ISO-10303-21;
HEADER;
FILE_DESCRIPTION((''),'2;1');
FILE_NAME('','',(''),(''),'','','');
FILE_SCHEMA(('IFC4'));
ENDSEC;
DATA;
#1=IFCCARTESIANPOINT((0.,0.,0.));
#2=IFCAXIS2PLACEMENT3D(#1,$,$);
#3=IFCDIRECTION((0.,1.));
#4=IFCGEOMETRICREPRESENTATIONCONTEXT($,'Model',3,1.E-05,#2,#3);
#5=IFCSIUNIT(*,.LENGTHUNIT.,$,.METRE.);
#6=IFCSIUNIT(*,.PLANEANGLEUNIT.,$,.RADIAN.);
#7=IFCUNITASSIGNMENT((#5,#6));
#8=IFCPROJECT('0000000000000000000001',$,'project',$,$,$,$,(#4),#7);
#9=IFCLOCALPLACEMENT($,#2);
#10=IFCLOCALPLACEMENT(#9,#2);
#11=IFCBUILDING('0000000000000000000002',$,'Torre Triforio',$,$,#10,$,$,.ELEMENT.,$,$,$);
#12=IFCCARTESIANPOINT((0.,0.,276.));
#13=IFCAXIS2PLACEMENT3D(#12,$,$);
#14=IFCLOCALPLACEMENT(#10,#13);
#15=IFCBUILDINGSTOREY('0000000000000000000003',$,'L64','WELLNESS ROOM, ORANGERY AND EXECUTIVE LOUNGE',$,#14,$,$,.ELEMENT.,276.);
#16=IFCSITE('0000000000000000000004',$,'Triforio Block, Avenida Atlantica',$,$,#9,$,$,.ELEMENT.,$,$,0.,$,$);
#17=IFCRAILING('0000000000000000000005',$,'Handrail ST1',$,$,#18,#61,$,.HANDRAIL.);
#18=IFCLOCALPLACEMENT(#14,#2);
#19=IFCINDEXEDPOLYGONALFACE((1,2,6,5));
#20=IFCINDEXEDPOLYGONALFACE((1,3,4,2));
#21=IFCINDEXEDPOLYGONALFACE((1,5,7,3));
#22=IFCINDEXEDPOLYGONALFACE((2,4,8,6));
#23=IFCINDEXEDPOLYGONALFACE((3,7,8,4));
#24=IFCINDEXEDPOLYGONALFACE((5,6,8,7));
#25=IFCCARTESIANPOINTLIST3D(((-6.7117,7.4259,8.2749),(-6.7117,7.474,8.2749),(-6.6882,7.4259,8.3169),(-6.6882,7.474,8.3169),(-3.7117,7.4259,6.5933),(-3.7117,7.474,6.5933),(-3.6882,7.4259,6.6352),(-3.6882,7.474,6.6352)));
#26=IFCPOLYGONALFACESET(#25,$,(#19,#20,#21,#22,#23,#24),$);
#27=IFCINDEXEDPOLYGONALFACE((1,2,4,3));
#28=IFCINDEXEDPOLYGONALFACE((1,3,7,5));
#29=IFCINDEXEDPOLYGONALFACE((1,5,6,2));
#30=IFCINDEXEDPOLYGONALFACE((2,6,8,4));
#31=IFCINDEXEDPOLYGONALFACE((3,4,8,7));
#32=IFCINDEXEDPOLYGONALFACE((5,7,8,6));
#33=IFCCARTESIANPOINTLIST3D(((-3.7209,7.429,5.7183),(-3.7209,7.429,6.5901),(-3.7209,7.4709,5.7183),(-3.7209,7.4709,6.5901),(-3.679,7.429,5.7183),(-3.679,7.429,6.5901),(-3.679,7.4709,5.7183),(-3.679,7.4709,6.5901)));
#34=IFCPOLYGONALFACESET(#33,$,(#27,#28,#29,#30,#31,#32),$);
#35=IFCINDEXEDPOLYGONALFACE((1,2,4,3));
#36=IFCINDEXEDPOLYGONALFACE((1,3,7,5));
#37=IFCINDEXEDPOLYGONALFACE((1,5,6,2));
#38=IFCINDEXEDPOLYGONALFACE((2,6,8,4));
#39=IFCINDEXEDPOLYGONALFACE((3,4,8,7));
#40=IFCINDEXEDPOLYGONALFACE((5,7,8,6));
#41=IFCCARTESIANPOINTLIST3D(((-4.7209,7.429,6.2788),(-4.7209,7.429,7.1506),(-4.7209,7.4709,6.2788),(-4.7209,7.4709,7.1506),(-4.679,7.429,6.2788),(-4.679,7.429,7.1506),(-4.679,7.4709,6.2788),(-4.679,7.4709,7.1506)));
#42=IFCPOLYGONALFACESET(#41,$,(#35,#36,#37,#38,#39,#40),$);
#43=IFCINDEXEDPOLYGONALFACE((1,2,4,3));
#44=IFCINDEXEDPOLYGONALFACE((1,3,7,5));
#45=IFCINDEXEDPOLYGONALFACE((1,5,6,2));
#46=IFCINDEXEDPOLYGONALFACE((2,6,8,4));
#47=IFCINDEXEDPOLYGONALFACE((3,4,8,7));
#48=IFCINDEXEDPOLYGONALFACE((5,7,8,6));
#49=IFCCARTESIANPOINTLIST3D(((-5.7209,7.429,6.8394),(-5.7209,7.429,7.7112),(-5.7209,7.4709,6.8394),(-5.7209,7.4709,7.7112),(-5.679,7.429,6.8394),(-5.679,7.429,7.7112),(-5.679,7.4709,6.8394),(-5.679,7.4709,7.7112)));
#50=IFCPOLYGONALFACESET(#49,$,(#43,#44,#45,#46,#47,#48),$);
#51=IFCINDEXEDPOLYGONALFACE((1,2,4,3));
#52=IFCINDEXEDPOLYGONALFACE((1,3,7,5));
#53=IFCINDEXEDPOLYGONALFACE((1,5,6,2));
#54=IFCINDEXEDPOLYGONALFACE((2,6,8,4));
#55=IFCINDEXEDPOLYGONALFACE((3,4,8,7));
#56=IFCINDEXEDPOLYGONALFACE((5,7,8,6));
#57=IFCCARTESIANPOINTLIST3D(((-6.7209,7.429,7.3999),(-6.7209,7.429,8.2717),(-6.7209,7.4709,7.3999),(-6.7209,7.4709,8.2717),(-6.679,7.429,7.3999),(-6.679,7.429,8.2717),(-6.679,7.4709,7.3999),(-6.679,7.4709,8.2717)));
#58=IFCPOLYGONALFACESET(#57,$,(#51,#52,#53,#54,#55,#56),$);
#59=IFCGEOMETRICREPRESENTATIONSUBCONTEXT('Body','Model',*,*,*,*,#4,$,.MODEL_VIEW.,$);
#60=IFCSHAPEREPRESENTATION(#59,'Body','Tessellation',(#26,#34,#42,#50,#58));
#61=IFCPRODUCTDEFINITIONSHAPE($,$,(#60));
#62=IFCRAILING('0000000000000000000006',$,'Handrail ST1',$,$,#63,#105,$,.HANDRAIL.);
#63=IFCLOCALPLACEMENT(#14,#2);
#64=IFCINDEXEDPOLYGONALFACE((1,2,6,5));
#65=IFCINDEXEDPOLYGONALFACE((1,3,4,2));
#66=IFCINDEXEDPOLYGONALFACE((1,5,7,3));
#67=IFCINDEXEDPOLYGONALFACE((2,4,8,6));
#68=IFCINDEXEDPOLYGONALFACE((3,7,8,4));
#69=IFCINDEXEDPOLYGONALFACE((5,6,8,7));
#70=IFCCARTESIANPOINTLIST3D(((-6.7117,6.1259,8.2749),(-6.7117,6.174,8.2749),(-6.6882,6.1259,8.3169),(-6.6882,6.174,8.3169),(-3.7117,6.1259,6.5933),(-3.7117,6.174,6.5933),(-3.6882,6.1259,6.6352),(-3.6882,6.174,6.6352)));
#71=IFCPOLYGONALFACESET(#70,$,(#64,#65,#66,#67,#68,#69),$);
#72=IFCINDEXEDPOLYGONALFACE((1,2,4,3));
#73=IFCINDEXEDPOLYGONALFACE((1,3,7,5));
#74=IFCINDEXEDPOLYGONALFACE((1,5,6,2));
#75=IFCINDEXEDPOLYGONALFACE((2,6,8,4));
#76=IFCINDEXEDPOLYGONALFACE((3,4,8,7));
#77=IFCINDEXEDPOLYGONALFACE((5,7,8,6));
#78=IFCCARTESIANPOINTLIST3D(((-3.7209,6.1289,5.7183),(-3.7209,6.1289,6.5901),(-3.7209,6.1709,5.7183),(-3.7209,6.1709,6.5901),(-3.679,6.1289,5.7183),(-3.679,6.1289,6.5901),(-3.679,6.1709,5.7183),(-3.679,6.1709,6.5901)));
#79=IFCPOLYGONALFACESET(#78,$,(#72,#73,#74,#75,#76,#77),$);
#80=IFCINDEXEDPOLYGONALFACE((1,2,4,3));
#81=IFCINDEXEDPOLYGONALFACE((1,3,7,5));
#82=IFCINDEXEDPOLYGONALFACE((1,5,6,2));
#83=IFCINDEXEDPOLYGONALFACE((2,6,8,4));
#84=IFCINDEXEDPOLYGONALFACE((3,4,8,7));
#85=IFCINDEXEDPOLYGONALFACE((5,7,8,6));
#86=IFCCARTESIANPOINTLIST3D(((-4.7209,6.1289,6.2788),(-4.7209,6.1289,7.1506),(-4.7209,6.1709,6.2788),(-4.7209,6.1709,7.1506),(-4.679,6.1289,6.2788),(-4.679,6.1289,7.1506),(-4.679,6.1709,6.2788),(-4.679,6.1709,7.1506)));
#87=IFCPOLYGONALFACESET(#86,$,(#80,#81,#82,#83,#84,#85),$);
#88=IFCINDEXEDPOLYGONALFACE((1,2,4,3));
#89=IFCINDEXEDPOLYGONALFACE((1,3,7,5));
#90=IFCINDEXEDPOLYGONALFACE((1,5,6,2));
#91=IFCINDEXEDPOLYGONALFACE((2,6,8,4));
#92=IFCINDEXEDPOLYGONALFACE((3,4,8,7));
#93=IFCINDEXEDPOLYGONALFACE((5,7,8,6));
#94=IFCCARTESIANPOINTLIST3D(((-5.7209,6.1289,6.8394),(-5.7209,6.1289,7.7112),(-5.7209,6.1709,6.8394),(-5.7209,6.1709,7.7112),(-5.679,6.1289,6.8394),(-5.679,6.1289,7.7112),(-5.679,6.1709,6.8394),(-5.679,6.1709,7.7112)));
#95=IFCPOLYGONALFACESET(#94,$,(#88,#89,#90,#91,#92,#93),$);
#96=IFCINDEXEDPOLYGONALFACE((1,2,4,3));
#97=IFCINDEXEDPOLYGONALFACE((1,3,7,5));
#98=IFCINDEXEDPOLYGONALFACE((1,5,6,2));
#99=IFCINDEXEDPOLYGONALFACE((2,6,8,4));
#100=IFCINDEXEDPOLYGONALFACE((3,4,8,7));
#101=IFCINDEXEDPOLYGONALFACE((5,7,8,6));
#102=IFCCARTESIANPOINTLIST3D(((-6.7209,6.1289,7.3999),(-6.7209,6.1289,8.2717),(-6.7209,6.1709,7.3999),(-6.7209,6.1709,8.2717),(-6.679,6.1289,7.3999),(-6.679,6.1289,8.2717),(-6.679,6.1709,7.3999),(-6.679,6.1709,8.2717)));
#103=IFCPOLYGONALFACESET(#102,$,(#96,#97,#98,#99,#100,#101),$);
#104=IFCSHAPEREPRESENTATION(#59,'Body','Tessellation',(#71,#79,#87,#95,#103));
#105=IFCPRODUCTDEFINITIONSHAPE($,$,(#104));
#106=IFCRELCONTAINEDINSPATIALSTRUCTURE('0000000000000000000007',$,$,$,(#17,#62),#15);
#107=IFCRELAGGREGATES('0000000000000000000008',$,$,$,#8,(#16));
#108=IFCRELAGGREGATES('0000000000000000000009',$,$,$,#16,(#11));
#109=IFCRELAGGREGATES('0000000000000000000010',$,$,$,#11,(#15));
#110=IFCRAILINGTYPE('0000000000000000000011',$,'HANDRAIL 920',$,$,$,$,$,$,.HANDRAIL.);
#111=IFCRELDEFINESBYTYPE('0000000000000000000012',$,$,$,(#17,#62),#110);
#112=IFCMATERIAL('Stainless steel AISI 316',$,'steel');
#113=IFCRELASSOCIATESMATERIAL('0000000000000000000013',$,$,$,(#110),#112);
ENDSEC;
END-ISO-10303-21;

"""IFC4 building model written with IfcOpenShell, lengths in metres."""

from ifc_helpers import new_model, si_unit, direction, frame, origin, origin_2d, place, context, subcontext, project, spatial, rectangle, extrude, material, type_object, element, save


model = new_model("IFC4")

# Units and contexts
model_context = context("Model", 3, precision=1e-05, world=origin(), true_north=direction((0.0, 1.0)))
body_context = subcontext(model_context, "Body", "Model", "MODEL_VIEW")
ifc_project = project(units=[si_unit("LENGTHUNIT", "METRE"), si_unit("PLANEANGLEUNIT", "RADIAN")], contexts=[model_context])

# Site, building, storey
site_placement = place(None, origin())
site = spatial("IfcSite", under=ifc_project, at=site_placement, Name="Triforio Block, Avenida Atlantica", CompositionType="ELEMENT", RefElevation=0.0)
building_placement = place(site_placement, origin())
building = spatial("IfcBuilding", under=site, at=building_placement, Name="Torre Triforio", CompositionType="ELEMENT")
storey_placement = place(building_placement, frame((0.0, 0.0, 276.0)))
storey = spatial("IfcBuildingStorey", under=building, at=storey_placement, Name="L64", Description="WELLNESS ROOM, ORANGERY AND EXECUTIVE LOUNGE", CompositionType="ELEMENT", Elevation=276.0)

# Railings
ifc_material_1 = material(Name="Stainless steel AISI 316", Category="steel")
railing_type = type_object("IfcRailingType", Name="HANDRAIL 920", PredefinedType="HANDRAIL", material=ifc_material_1)
for number, where, name in (
    (1, (-3.7, 7.45, 5.7183), "Handrail ST1"),
    (2, (-3.7, 6.1499, 5.7183), "Handrail ST1"),
):
    element("IfcRailing", number, at=place(storey_placement, frame(where)), inside=storey, type_object=railing_type, Name=name, PredefinedType="HANDRAIL", context=body_context, shape_type="SweptSolid", body=[
        extrude(rectangle(XDim=0.0481, YDim=0.0481, at=origin_2d()), frame((0.0, 0.0, 0.896), z_axis=(-0.872303, 0.0, 0.488966), x_axis=(0.0, -1.0, 0.0)), (0.0, 0.0, 1.0), 3.4392),
        extrude(rectangle(XDim=0.042, YDim=0.042, at=origin_2d()), origin(), (0.0, 0.0, 1.0), 0.8718),
        extrude(rectangle(XDim=0.042, YDim=0.042, at=origin_2d()), frame((-1.0, 0.0, 0.5605)), (0.0, 0.0, 1.0), 0.8718),
        extrude(rectangle(XDim=0.042, YDim=0.042, at=origin_2d()), frame((-2.0, 0.0, 1.1211)), (0.0, 0.0, 1.0), 0.8718),
        extrude(rectangle(XDim=0.042, YDim=0.042, at=origin_2d()), frame((-3.0, 0.0, 1.6816)), (0.0, 0.0, 1.0), 0.8718),
    ])

save(model, "model.ifc")
